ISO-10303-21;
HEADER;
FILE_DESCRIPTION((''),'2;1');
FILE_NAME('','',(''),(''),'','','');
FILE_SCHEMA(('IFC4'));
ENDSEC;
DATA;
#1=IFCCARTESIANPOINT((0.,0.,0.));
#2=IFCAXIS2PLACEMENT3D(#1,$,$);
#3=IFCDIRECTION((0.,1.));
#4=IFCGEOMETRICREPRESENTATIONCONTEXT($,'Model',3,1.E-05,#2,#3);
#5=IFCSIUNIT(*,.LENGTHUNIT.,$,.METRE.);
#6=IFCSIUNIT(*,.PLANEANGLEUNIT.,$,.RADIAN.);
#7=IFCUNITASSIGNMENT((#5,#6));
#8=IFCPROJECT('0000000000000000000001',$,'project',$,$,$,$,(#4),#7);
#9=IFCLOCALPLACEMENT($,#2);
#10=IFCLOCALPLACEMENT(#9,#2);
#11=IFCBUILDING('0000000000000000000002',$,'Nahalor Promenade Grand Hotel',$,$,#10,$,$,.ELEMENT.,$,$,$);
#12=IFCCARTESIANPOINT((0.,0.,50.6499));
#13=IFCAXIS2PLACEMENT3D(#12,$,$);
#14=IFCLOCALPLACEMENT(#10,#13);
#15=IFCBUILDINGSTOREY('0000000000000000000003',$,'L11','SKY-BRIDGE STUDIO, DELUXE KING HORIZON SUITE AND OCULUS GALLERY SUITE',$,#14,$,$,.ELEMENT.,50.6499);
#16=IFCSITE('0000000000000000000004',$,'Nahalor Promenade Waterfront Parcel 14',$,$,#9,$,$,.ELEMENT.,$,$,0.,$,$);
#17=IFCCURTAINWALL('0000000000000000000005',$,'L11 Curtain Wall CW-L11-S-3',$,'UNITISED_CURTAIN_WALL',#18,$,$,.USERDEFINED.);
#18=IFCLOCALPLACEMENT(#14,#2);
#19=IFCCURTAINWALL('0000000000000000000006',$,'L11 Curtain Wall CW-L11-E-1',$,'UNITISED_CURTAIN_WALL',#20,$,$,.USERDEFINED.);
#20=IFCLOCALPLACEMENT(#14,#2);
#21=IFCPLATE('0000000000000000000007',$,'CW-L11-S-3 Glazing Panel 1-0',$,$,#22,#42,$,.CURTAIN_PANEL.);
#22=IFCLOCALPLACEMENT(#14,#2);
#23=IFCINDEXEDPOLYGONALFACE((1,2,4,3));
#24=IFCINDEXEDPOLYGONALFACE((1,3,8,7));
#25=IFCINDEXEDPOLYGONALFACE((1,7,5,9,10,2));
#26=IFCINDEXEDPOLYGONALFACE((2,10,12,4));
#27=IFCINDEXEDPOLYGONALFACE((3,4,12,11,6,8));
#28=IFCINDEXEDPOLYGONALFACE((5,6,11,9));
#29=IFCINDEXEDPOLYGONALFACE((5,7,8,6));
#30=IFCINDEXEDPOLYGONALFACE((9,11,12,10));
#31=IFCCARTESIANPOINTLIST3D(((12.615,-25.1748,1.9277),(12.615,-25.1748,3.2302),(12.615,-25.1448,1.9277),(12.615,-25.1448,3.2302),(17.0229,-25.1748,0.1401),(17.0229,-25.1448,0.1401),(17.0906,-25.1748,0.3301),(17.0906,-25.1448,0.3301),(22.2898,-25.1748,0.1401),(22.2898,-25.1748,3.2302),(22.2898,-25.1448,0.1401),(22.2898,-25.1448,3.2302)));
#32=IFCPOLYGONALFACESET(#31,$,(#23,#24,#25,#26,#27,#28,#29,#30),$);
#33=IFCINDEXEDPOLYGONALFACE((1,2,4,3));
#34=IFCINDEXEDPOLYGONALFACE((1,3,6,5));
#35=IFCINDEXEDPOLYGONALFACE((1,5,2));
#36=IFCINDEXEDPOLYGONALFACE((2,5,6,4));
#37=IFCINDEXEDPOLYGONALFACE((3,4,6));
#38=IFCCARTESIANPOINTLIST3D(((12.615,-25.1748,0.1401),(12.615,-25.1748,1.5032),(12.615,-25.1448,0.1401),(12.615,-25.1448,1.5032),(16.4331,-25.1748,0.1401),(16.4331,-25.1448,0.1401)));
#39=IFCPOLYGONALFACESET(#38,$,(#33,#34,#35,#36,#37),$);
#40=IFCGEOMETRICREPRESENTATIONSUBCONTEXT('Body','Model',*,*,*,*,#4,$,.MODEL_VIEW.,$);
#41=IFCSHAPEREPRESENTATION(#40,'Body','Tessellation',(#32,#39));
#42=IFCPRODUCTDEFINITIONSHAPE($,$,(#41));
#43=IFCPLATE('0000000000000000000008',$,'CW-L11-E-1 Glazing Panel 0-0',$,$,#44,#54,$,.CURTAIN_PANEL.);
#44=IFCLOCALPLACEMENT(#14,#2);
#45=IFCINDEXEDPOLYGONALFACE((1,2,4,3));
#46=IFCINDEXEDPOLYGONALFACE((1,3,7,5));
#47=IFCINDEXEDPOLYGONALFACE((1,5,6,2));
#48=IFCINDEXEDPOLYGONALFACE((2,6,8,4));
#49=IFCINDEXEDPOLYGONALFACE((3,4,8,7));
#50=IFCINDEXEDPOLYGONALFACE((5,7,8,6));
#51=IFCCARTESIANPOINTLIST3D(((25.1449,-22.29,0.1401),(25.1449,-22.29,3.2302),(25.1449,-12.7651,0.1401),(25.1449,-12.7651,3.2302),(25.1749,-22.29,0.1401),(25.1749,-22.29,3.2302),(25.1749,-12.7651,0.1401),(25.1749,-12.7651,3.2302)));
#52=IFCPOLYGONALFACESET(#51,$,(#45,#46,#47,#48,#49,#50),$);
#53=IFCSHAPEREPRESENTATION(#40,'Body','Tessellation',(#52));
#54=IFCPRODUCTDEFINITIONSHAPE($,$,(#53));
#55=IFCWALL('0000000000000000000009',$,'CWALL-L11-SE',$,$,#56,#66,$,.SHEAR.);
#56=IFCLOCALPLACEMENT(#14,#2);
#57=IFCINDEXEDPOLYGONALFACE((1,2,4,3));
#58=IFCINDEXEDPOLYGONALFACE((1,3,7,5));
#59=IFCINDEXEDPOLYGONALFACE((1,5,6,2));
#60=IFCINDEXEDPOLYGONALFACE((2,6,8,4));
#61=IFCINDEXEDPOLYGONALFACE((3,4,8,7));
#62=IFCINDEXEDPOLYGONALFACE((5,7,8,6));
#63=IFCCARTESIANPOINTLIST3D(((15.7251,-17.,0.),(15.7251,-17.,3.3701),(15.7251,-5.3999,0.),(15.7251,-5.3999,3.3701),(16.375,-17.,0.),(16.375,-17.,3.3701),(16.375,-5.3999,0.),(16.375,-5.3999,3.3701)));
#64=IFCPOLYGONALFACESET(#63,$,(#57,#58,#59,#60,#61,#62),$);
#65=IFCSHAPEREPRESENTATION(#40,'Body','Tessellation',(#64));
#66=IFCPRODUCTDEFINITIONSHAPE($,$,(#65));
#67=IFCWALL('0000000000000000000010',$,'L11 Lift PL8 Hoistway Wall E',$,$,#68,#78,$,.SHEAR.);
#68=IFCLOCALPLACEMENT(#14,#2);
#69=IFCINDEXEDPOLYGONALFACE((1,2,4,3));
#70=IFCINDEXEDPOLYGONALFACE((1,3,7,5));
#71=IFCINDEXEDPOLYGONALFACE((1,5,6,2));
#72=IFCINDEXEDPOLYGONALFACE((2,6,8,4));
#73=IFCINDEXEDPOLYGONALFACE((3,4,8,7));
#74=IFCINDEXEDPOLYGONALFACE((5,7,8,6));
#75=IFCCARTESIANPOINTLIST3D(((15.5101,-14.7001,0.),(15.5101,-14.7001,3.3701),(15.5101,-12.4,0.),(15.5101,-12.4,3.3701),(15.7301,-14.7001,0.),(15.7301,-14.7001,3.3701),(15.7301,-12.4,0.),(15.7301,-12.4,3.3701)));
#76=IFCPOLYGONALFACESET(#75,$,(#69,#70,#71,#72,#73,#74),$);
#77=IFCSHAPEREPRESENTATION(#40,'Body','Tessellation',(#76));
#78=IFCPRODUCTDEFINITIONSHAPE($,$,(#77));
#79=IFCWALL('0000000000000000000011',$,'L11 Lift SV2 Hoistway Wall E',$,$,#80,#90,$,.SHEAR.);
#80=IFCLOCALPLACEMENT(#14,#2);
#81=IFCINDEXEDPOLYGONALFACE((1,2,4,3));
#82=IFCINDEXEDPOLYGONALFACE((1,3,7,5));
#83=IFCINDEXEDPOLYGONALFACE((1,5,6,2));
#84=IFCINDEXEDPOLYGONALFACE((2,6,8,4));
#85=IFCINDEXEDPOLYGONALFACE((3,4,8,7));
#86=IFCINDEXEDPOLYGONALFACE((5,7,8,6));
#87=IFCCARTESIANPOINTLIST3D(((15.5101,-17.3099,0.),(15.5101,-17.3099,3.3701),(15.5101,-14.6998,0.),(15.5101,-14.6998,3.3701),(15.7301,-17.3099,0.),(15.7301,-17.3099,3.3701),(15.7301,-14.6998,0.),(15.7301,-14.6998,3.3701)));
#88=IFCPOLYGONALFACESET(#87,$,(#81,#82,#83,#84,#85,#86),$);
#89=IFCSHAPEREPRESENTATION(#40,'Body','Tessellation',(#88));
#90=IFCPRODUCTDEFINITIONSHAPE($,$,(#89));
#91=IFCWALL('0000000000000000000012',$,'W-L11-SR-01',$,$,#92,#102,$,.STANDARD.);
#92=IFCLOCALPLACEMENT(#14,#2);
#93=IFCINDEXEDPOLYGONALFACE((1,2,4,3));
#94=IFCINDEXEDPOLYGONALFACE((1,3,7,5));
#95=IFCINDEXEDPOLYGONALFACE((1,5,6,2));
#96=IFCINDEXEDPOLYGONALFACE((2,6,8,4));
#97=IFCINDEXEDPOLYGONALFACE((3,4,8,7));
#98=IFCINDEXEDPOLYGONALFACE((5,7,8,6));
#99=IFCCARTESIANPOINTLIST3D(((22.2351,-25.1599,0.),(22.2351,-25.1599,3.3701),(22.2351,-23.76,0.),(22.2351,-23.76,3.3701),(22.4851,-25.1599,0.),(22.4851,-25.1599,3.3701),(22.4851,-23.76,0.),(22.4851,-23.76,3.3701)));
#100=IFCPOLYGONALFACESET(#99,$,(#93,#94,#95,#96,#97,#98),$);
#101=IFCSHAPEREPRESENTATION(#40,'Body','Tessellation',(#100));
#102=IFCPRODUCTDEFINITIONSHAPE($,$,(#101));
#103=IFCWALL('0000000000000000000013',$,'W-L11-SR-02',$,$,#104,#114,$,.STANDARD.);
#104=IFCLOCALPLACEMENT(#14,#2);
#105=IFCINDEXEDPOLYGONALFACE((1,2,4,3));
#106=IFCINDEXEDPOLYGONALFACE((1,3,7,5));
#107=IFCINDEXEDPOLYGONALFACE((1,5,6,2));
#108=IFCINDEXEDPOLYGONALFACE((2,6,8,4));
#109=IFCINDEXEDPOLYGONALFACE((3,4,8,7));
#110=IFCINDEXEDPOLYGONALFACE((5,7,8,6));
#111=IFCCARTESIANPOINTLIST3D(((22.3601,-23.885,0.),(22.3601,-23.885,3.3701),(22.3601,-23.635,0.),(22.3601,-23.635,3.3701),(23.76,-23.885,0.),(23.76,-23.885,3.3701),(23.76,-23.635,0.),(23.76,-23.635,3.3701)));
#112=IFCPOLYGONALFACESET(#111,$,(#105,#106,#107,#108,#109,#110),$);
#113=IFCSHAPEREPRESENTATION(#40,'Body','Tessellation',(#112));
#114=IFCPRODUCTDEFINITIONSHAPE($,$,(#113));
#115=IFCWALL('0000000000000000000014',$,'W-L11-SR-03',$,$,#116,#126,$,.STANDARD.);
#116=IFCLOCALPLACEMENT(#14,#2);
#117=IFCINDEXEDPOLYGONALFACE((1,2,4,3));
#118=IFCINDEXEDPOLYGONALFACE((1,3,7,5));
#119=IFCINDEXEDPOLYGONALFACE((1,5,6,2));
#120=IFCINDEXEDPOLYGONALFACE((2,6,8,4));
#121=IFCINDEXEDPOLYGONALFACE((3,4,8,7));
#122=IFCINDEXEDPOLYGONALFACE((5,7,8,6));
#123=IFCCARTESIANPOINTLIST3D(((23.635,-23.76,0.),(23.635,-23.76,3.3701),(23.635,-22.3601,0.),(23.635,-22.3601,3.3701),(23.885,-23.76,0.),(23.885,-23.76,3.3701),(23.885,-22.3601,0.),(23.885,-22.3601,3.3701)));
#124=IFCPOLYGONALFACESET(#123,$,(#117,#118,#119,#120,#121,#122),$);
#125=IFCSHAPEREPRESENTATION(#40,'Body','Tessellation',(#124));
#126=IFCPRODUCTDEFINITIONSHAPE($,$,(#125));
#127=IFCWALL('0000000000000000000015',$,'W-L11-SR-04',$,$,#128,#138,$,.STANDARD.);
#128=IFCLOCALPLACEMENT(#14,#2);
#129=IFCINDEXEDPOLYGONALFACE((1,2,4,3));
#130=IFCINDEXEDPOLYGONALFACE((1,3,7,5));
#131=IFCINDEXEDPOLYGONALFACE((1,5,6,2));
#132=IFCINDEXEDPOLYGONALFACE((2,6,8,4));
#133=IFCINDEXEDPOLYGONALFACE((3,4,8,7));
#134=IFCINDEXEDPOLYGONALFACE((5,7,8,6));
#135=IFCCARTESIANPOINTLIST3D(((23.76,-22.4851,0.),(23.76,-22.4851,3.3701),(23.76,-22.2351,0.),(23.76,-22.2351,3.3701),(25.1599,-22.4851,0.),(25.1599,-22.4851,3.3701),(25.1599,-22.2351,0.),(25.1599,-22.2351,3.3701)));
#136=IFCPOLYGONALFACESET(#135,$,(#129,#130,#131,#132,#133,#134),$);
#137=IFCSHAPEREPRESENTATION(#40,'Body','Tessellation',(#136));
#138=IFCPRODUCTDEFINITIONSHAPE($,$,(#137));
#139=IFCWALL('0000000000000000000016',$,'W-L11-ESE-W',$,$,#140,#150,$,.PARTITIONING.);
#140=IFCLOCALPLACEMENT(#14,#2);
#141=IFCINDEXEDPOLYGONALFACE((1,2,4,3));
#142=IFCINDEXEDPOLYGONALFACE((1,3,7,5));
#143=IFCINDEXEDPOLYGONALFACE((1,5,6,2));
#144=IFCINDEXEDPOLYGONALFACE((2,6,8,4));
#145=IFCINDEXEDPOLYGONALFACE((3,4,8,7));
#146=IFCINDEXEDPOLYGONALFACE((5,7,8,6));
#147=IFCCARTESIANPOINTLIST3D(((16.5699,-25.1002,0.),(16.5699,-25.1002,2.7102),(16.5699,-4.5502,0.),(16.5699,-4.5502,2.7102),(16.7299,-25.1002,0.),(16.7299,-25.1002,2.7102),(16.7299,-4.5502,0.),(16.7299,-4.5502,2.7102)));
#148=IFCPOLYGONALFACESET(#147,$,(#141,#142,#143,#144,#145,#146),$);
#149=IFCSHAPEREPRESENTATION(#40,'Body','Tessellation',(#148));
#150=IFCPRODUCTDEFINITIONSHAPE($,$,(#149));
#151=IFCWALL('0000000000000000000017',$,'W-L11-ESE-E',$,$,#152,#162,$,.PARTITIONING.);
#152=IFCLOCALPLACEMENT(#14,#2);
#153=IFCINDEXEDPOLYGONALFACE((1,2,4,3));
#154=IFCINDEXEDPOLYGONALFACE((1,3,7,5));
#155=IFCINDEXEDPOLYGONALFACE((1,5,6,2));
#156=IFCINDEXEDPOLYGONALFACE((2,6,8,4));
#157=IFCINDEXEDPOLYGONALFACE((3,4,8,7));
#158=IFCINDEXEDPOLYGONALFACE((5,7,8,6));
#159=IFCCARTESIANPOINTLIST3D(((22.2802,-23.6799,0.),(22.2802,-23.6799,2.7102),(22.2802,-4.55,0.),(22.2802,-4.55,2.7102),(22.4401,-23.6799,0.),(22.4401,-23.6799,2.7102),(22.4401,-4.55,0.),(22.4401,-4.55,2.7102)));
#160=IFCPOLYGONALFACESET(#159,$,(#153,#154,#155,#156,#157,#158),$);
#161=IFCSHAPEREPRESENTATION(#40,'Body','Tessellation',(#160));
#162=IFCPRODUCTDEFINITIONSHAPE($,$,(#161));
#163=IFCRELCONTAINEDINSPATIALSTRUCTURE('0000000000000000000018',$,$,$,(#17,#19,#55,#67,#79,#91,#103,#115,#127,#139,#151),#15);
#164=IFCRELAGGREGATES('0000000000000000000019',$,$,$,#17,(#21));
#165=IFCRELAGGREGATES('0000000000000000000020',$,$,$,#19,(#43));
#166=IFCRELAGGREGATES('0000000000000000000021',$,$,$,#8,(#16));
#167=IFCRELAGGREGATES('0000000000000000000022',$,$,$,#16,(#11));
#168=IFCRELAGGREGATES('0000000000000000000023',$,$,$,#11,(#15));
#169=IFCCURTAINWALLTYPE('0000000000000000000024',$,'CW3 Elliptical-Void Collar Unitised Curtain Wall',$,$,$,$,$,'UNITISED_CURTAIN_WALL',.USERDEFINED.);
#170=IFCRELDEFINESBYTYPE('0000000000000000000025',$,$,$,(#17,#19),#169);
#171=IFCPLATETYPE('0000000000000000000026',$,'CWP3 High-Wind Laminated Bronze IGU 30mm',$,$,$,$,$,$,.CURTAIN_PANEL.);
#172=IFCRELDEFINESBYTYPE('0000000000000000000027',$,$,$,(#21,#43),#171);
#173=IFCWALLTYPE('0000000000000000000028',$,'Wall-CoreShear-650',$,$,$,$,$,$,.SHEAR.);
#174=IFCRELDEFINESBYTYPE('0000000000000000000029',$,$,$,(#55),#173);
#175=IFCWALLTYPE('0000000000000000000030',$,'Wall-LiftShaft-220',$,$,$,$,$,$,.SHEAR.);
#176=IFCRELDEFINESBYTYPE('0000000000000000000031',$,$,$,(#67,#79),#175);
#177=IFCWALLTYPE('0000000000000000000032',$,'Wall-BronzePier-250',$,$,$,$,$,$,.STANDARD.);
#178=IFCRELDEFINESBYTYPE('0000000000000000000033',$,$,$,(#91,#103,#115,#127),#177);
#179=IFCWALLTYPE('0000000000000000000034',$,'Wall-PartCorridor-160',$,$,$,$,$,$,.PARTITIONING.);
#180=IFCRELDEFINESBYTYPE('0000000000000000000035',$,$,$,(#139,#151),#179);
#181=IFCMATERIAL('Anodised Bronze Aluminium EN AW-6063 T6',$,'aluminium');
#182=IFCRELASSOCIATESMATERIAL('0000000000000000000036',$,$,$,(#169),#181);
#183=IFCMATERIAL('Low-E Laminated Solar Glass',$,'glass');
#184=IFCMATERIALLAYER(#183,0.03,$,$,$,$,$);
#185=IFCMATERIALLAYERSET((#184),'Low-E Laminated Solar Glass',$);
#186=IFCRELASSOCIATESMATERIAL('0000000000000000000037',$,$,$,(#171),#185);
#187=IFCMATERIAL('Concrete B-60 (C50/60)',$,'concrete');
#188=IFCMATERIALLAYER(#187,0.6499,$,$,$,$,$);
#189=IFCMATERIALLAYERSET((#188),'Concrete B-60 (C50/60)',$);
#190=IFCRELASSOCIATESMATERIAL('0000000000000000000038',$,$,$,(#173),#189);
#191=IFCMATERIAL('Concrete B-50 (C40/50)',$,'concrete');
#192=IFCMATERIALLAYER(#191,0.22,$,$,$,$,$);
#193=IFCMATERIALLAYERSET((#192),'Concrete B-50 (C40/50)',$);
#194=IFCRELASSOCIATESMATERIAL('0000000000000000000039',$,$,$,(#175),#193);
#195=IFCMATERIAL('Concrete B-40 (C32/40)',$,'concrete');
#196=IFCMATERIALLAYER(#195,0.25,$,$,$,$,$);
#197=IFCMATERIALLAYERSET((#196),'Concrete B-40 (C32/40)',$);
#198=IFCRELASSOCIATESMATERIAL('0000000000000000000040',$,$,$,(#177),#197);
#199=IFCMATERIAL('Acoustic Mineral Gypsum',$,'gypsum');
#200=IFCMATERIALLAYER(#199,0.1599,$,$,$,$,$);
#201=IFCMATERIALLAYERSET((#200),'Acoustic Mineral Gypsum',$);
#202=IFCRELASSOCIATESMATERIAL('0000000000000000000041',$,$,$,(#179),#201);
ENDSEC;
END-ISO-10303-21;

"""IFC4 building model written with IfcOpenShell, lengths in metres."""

from ifc_helpers import new_model, si_unit, direction, frame, frame_2d, origin, origin_2d, place, context, subcontext, project, spatial, polyline, rectangle, outline, extrude, source, transform, mapped, material, layer, layer_set, type_object, element, aggregate, save


model = new_model("IFC4")

# Units and contexts
model_context = context("Model", 3, precision=1e-05, world=origin(), true_north=direction((0.0, 1.0)))
body_context = subcontext(model_context, "Body", "Model", "MODEL_VIEW")
ifc_project = project(units=[si_unit("LENGTHUNIT", "METRE"), si_unit("PLANEANGLEUNIT", "RADIAN")], contexts=[model_context])

# Site, building, storey
site_placement = place(None, origin())
site = spatial("IfcSite", under=ifc_project, at=site_placement, Name="Nahalor Promenade Waterfront Parcel 14", CompositionType="ELEMENT", RefElevation=0.0)
building_placement = place(site_placement, origin())
building = spatial("IfcBuilding", under=site, at=building_placement, Name="Nahalor Promenade Grand Hotel", CompositionType="ELEMENT")
storey_placement = place(building_placement, frame((0.0, 0.0, 50.6499)))
storey = spatial("IfcBuildingStorey", under=building, at=storey_placement, Name="L11", Description="SKY-BRIDGE STUDIO, DELUXE KING HORIZON SUITE AND OCULUS GALLERY SUITE", CompositionType="ELEMENT", Elevation=50.6499)

# Curtain wall
ifc_material_1 = material(Name="Anodised Bronze Aluminium EN AW-6063 T6", Category="aluminium")
curtain_wall_type = type_object("IfcCurtainWallType", Name="CW3 Elliptical-Void Collar Unitised Curtain Wall", ElementType="UNITISED_CURTAIN_WALL", PredefinedType="USERDEFINED", material=ifc_material_1)
curtain_wall_1_placement = place(storey_placement, origin())
curtain_wall_1 = element("IfcCurtainWall", 1, at=curtain_wall_1_placement, inside=storey, type_object=curtain_wall_type, Name="L11 Curtain Wall CW-L11-S-3", ObjectType="UNITISED_CURTAIN_WALL", PredefinedType="USERDEFINED")

# Curtain wall
curtain_wall_2_placement = place(storey_placement, origin())
curtain_wall_2 = element("IfcCurtainWall", 2, at=curtain_wall_2_placement, inside=storey, type_object=curtain_wall_type, Name="L11 Curtain Wall CW-L11-E-1", ObjectType="UNITISED_CURTAIN_WALL", PredefinedType="USERDEFINED")

# Plates
ifc_material_2 = material(Name="Low-E Laminated Solar Glass", Category="glass")
ifc_layer_1 = layer(ifc_material_2, 0.03)
ifc_layer_set_1 = layer_set([ifc_layer_1], Name="Low-E Laminated Solar Glass")
plate_type = type_object("IfcPlateType", Name="CWP3 High-Wind Laminated Bronze IGU 30mm", PredefinedType="CURTAIN_PANEL", material=ifc_layer_set_1)
plate_1_placement = place(storey_placement, frame((17.4524, -25.1599, 0.1401), z_axis=(0.0, 0.0, 1.0), x_axis=(1.0, 0.0, 0.0)))
plate_1 = element("IfcPlate", 3, at=plate_1_placement, type_object=plate_type, Name="CW-L11-S-3 Glazing Panel 1-0", PredefinedType="CURTAIN_PANEL", context=body_context, shape_type="SweptSolid", body=[
    extrude(outline(polyline([(4.8374, 3.0901), (-4.8374, 3.0901), (-4.8374, 1.7876), (-0.3618, 0.1899), (-0.4294, 0.0), (4.8374, 0.0), (4.8374, 3.0901)])), frame((0.0, 0.0151, 0.0), z_axis=(0.0, -1.0, 0.0), x_axis=(1.0, 0.0, 0.0)), (0.0, 0.0, 1.0), 0.03),
    extrude(outline(polyline([(-4.8374, 1.363), (-4.8374, 0.0), (-1.0193, 0.0), (-4.8374, 1.363)])), frame((0.0, 0.0151, 0.0), z_axis=(0.0, -1.0, 0.0), x_axis=(1.0, 0.0, 0.0)), (0.0, 0.0, 1.0), 0.03),
])
aggregate(curtain_wall_1, [plate_1])
shared_shape_1 = source(origin(), body_context, "Body", "SweptSolid", [
    extrude(rectangle(XDim=9.5249, YDim=0.03, at=origin_2d()), origin(), (0.0, 0.0, 1.0), 3.0901),
])
plate_2_placement = place(storey_placement, frame((25.1599, -17.5276, 0.1401), z_axis=(0.0, 0.0, 1.0), x_axis=(0.0, 1.0, 0.0)))
plate_2 = element("IfcPlate", 4, at=plate_2_placement, type_object=plate_type, Name="CW-L11-E-1 Glazing Panel 0-0", PredefinedType="CURTAIN_PANEL", context=body_context, shape_type="MappedRepresentation", body=[
    mapped(shared_shape_1, transform((0.0, 0.0, 0.0), scale=1.0)),
])
aggregate(curtain_wall_2, [plate_2])

# Walls
ifc_material_3 = material(Name="Concrete B-60 (C50/60)", Category="concrete")
ifc_layer_2 = layer(ifc_material_3, 0.6499)
ifc_layer_set_2 = layer_set([ifc_layer_2], Name="Concrete B-60 (C50/60)")
wall_type_1 = type_object("IfcWallType", Name="Wall-CoreShear-650", PredefinedType="SHEAR", material=ifc_layer_set_2)
shared_shape_2 = source(origin(), body_context, "Body", "SweptSolid", [
    extrude(rectangle(XDim=11.6001, YDim=0.6499, at=frame_2d((5.8, 0.0))), origin(), (0.0, 0.0, 1.0), 3.3701),
])
wall_1_placement = place(storey_placement, frame((16.05, -17.0, 0.0), z_axis=(0.0, 0.0, 1.0), x_axis=(0.0, 1.0, 0.0)))
element("IfcWall", 5, at=wall_1_placement, inside=storey, type_object=wall_type_1, Name="CWALL-L11-SE", PredefinedType="SHEAR", context=body_context, shape_type="MappedRepresentation", body=[
    mapped(shared_shape_2, transform((0.0, 0.0, 0.0), scale=1.0)),
])
ifc_material_4 = material(Name="Concrete B-50 (C40/50)", Category="concrete")
ifc_layer_3 = layer(ifc_material_4, 0.22)
ifc_layer_set_3 = layer_set([ifc_layer_3], Name="Concrete B-50 (C40/50)")
wall_type_2 = type_object("IfcWallType", Name="Wall-LiftShaft-220", PredefinedType="SHEAR", material=ifc_layer_set_3)
shared_shape_3 = source(origin(), body_context, "Body", "SweptSolid", [
    extrude(rectangle(XDim=2.3, YDim=0.22, at=frame_2d((1.1499, 0.0))), origin(), (0.0, 0.0, 1.0), 3.3701),
])
wall_2_placement = place(storey_placement, frame((15.6201, -14.7, 0.0), z_axis=(0.0, 0.0, 1.0), x_axis=(0.0, 1.0, 0.0)))
element("IfcWall", 6, at=wall_2_placement, inside=storey, type_object=wall_type_2, Name="L11 Lift PL8 Hoistway Wall E", PredefinedType="SHEAR", context=body_context, shape_type="MappedRepresentation", body=[
    mapped(shared_shape_3, transform((0.0, 0.0, 0.0), scale=1.0)),
])
shared_shape_4 = source(origin(), body_context, "Body", "SweptSolid", [
    extrude(rectangle(XDim=2.6101, YDim=0.22, at=frame_2d((1.3052, 0.0))), origin(), (0.0, 0.0, 1.0), 3.3701),
])
wall_3_placement = place(storey_placement, frame((15.6201, -17.3101, 0.0), z_axis=(0.0, 0.0, 1.0), x_axis=(0.0, 1.0, 0.0)))
element("IfcWall", 7, at=wall_3_placement, inside=storey, type_object=wall_type_2, Name="L11 Lift SV2 Hoistway Wall E", PredefinedType="SHEAR", context=body_context, shape_type="MappedRepresentation", body=[
    mapped(shared_shape_4, transform((0.0, 0.0, 0.0), scale=1.0)),
])
ifc_material_5 = material(Name="Concrete B-40 (C32/40)", Category="concrete")
ifc_layer_4 = layer(ifc_material_5, 0.25)
ifc_layer_set_4 = layer_set([ifc_layer_4], Name="Concrete B-40 (C32/40)")
wall_type_3 = type_object("IfcWallType", Name="Wall-BronzePier-250", PredefinedType="STANDARD", material=ifc_layer_set_4)
shared_shape_5 = source(origin(), body_context, "Body", "SweptSolid", [
    extrude(rectangle(XDim=1.3999, YDim=0.25, at=frame_2d((0.7, 0.0))), origin(), (0.0, 0.0, 1.0), 3.3701),
])
for number, where, z_axis, x_axis, name in (
    (8, (22.3601, -25.1599, 0.0), (0.0, 0.0, 1.0), (0.0, 1.0, 0.0), "W-L11-SR-01"),
    (9, (22.3601, -23.76, 0.0), (0.0, 0.0, 1.0), (1.0, 0.0, 0.0), "W-L11-SR-02"),
    (10, (23.76, -23.76, 0.0), (0.0, 0.0, 1.0), (0.0, 1.0, 0.0), "W-L11-SR-03"),
    (11, (23.76, -22.3601, 0.0), (0.0, 0.0, 1.0), (1.0, 0.0, 0.0), "W-L11-SR-04"),
):
    element("IfcWall", number, at=place(storey_placement, frame(where, z_axis=z_axis, x_axis=x_axis)), inside=storey, type_object=wall_type_3, Name=name, PredefinedType="STANDARD", context=body_context, shape_type="MappedRepresentation", body=[
        mapped(shared_shape_5, transform((0.0, 0.0, 0.0), scale=1.0)),
    ])
ifc_material_6 = material(Name="Acoustic Mineral Gypsum", Category="gypsum")
ifc_layer_5 = layer(ifc_material_6, 0.1599)
ifc_layer_set_5 = layer_set([ifc_layer_5], Name="Acoustic Mineral Gypsum")
wall_type_4 = type_object("IfcWallType", Name="Wall-PartCorridor-160", PredefinedType="PARTITIONING", material=ifc_layer_set_5)
shared_shape_6 = source(origin(), body_context, "Body", "SweptSolid", [
    extrude(rectangle(XDim=20.55, YDim=0.1599, at=frame_2d((10.2749, 0.0))), origin(), (0.0, 0.0, 1.0), 2.7102),
])
wall_4_placement = place(storey_placement, frame((16.6499, -25.1001, 0.0), z_axis=(0.0, 0.0, 1.0), x_axis=(0.0, 1.0, 0.0)))
element("IfcWall", 12, at=wall_4_placement, inside=storey, type_object=wall_type_4, Name="W-L11-ESE-W", PredefinedType="PARTITIONING", context=body_context, shape_type="MappedRepresentation", body=[
    mapped(shared_shape_6, transform((0.0, 0.0, 0.0), scale=1.0)),
])
shared_shape_7 = source(origin(), body_context, "Body", "SweptSolid", [
    extrude(rectangle(XDim=19.1299, YDim=0.1599, at=frame_2d((9.5649, 0.0))), origin(), (0.0, 0.0, 1.0), 2.7102),
])
wall_5_placement = place(storey_placement, frame((22.3601, -23.6799, 0.0), z_axis=(0.0, 0.0, 1.0), x_axis=(0.0, 1.0, 0.0)))
element("IfcWall", 13, at=wall_5_placement, inside=storey, type_object=wall_type_4, Name="W-L11-ESE-E", PredefinedType="PARTITIONING", context=body_context, shape_type="MappedRepresentation", body=[
    mapped(shared_shape_7, transform((0.0, 0.0, 0.0), scale=1.0)),
])

save(model, "model.ifc")
